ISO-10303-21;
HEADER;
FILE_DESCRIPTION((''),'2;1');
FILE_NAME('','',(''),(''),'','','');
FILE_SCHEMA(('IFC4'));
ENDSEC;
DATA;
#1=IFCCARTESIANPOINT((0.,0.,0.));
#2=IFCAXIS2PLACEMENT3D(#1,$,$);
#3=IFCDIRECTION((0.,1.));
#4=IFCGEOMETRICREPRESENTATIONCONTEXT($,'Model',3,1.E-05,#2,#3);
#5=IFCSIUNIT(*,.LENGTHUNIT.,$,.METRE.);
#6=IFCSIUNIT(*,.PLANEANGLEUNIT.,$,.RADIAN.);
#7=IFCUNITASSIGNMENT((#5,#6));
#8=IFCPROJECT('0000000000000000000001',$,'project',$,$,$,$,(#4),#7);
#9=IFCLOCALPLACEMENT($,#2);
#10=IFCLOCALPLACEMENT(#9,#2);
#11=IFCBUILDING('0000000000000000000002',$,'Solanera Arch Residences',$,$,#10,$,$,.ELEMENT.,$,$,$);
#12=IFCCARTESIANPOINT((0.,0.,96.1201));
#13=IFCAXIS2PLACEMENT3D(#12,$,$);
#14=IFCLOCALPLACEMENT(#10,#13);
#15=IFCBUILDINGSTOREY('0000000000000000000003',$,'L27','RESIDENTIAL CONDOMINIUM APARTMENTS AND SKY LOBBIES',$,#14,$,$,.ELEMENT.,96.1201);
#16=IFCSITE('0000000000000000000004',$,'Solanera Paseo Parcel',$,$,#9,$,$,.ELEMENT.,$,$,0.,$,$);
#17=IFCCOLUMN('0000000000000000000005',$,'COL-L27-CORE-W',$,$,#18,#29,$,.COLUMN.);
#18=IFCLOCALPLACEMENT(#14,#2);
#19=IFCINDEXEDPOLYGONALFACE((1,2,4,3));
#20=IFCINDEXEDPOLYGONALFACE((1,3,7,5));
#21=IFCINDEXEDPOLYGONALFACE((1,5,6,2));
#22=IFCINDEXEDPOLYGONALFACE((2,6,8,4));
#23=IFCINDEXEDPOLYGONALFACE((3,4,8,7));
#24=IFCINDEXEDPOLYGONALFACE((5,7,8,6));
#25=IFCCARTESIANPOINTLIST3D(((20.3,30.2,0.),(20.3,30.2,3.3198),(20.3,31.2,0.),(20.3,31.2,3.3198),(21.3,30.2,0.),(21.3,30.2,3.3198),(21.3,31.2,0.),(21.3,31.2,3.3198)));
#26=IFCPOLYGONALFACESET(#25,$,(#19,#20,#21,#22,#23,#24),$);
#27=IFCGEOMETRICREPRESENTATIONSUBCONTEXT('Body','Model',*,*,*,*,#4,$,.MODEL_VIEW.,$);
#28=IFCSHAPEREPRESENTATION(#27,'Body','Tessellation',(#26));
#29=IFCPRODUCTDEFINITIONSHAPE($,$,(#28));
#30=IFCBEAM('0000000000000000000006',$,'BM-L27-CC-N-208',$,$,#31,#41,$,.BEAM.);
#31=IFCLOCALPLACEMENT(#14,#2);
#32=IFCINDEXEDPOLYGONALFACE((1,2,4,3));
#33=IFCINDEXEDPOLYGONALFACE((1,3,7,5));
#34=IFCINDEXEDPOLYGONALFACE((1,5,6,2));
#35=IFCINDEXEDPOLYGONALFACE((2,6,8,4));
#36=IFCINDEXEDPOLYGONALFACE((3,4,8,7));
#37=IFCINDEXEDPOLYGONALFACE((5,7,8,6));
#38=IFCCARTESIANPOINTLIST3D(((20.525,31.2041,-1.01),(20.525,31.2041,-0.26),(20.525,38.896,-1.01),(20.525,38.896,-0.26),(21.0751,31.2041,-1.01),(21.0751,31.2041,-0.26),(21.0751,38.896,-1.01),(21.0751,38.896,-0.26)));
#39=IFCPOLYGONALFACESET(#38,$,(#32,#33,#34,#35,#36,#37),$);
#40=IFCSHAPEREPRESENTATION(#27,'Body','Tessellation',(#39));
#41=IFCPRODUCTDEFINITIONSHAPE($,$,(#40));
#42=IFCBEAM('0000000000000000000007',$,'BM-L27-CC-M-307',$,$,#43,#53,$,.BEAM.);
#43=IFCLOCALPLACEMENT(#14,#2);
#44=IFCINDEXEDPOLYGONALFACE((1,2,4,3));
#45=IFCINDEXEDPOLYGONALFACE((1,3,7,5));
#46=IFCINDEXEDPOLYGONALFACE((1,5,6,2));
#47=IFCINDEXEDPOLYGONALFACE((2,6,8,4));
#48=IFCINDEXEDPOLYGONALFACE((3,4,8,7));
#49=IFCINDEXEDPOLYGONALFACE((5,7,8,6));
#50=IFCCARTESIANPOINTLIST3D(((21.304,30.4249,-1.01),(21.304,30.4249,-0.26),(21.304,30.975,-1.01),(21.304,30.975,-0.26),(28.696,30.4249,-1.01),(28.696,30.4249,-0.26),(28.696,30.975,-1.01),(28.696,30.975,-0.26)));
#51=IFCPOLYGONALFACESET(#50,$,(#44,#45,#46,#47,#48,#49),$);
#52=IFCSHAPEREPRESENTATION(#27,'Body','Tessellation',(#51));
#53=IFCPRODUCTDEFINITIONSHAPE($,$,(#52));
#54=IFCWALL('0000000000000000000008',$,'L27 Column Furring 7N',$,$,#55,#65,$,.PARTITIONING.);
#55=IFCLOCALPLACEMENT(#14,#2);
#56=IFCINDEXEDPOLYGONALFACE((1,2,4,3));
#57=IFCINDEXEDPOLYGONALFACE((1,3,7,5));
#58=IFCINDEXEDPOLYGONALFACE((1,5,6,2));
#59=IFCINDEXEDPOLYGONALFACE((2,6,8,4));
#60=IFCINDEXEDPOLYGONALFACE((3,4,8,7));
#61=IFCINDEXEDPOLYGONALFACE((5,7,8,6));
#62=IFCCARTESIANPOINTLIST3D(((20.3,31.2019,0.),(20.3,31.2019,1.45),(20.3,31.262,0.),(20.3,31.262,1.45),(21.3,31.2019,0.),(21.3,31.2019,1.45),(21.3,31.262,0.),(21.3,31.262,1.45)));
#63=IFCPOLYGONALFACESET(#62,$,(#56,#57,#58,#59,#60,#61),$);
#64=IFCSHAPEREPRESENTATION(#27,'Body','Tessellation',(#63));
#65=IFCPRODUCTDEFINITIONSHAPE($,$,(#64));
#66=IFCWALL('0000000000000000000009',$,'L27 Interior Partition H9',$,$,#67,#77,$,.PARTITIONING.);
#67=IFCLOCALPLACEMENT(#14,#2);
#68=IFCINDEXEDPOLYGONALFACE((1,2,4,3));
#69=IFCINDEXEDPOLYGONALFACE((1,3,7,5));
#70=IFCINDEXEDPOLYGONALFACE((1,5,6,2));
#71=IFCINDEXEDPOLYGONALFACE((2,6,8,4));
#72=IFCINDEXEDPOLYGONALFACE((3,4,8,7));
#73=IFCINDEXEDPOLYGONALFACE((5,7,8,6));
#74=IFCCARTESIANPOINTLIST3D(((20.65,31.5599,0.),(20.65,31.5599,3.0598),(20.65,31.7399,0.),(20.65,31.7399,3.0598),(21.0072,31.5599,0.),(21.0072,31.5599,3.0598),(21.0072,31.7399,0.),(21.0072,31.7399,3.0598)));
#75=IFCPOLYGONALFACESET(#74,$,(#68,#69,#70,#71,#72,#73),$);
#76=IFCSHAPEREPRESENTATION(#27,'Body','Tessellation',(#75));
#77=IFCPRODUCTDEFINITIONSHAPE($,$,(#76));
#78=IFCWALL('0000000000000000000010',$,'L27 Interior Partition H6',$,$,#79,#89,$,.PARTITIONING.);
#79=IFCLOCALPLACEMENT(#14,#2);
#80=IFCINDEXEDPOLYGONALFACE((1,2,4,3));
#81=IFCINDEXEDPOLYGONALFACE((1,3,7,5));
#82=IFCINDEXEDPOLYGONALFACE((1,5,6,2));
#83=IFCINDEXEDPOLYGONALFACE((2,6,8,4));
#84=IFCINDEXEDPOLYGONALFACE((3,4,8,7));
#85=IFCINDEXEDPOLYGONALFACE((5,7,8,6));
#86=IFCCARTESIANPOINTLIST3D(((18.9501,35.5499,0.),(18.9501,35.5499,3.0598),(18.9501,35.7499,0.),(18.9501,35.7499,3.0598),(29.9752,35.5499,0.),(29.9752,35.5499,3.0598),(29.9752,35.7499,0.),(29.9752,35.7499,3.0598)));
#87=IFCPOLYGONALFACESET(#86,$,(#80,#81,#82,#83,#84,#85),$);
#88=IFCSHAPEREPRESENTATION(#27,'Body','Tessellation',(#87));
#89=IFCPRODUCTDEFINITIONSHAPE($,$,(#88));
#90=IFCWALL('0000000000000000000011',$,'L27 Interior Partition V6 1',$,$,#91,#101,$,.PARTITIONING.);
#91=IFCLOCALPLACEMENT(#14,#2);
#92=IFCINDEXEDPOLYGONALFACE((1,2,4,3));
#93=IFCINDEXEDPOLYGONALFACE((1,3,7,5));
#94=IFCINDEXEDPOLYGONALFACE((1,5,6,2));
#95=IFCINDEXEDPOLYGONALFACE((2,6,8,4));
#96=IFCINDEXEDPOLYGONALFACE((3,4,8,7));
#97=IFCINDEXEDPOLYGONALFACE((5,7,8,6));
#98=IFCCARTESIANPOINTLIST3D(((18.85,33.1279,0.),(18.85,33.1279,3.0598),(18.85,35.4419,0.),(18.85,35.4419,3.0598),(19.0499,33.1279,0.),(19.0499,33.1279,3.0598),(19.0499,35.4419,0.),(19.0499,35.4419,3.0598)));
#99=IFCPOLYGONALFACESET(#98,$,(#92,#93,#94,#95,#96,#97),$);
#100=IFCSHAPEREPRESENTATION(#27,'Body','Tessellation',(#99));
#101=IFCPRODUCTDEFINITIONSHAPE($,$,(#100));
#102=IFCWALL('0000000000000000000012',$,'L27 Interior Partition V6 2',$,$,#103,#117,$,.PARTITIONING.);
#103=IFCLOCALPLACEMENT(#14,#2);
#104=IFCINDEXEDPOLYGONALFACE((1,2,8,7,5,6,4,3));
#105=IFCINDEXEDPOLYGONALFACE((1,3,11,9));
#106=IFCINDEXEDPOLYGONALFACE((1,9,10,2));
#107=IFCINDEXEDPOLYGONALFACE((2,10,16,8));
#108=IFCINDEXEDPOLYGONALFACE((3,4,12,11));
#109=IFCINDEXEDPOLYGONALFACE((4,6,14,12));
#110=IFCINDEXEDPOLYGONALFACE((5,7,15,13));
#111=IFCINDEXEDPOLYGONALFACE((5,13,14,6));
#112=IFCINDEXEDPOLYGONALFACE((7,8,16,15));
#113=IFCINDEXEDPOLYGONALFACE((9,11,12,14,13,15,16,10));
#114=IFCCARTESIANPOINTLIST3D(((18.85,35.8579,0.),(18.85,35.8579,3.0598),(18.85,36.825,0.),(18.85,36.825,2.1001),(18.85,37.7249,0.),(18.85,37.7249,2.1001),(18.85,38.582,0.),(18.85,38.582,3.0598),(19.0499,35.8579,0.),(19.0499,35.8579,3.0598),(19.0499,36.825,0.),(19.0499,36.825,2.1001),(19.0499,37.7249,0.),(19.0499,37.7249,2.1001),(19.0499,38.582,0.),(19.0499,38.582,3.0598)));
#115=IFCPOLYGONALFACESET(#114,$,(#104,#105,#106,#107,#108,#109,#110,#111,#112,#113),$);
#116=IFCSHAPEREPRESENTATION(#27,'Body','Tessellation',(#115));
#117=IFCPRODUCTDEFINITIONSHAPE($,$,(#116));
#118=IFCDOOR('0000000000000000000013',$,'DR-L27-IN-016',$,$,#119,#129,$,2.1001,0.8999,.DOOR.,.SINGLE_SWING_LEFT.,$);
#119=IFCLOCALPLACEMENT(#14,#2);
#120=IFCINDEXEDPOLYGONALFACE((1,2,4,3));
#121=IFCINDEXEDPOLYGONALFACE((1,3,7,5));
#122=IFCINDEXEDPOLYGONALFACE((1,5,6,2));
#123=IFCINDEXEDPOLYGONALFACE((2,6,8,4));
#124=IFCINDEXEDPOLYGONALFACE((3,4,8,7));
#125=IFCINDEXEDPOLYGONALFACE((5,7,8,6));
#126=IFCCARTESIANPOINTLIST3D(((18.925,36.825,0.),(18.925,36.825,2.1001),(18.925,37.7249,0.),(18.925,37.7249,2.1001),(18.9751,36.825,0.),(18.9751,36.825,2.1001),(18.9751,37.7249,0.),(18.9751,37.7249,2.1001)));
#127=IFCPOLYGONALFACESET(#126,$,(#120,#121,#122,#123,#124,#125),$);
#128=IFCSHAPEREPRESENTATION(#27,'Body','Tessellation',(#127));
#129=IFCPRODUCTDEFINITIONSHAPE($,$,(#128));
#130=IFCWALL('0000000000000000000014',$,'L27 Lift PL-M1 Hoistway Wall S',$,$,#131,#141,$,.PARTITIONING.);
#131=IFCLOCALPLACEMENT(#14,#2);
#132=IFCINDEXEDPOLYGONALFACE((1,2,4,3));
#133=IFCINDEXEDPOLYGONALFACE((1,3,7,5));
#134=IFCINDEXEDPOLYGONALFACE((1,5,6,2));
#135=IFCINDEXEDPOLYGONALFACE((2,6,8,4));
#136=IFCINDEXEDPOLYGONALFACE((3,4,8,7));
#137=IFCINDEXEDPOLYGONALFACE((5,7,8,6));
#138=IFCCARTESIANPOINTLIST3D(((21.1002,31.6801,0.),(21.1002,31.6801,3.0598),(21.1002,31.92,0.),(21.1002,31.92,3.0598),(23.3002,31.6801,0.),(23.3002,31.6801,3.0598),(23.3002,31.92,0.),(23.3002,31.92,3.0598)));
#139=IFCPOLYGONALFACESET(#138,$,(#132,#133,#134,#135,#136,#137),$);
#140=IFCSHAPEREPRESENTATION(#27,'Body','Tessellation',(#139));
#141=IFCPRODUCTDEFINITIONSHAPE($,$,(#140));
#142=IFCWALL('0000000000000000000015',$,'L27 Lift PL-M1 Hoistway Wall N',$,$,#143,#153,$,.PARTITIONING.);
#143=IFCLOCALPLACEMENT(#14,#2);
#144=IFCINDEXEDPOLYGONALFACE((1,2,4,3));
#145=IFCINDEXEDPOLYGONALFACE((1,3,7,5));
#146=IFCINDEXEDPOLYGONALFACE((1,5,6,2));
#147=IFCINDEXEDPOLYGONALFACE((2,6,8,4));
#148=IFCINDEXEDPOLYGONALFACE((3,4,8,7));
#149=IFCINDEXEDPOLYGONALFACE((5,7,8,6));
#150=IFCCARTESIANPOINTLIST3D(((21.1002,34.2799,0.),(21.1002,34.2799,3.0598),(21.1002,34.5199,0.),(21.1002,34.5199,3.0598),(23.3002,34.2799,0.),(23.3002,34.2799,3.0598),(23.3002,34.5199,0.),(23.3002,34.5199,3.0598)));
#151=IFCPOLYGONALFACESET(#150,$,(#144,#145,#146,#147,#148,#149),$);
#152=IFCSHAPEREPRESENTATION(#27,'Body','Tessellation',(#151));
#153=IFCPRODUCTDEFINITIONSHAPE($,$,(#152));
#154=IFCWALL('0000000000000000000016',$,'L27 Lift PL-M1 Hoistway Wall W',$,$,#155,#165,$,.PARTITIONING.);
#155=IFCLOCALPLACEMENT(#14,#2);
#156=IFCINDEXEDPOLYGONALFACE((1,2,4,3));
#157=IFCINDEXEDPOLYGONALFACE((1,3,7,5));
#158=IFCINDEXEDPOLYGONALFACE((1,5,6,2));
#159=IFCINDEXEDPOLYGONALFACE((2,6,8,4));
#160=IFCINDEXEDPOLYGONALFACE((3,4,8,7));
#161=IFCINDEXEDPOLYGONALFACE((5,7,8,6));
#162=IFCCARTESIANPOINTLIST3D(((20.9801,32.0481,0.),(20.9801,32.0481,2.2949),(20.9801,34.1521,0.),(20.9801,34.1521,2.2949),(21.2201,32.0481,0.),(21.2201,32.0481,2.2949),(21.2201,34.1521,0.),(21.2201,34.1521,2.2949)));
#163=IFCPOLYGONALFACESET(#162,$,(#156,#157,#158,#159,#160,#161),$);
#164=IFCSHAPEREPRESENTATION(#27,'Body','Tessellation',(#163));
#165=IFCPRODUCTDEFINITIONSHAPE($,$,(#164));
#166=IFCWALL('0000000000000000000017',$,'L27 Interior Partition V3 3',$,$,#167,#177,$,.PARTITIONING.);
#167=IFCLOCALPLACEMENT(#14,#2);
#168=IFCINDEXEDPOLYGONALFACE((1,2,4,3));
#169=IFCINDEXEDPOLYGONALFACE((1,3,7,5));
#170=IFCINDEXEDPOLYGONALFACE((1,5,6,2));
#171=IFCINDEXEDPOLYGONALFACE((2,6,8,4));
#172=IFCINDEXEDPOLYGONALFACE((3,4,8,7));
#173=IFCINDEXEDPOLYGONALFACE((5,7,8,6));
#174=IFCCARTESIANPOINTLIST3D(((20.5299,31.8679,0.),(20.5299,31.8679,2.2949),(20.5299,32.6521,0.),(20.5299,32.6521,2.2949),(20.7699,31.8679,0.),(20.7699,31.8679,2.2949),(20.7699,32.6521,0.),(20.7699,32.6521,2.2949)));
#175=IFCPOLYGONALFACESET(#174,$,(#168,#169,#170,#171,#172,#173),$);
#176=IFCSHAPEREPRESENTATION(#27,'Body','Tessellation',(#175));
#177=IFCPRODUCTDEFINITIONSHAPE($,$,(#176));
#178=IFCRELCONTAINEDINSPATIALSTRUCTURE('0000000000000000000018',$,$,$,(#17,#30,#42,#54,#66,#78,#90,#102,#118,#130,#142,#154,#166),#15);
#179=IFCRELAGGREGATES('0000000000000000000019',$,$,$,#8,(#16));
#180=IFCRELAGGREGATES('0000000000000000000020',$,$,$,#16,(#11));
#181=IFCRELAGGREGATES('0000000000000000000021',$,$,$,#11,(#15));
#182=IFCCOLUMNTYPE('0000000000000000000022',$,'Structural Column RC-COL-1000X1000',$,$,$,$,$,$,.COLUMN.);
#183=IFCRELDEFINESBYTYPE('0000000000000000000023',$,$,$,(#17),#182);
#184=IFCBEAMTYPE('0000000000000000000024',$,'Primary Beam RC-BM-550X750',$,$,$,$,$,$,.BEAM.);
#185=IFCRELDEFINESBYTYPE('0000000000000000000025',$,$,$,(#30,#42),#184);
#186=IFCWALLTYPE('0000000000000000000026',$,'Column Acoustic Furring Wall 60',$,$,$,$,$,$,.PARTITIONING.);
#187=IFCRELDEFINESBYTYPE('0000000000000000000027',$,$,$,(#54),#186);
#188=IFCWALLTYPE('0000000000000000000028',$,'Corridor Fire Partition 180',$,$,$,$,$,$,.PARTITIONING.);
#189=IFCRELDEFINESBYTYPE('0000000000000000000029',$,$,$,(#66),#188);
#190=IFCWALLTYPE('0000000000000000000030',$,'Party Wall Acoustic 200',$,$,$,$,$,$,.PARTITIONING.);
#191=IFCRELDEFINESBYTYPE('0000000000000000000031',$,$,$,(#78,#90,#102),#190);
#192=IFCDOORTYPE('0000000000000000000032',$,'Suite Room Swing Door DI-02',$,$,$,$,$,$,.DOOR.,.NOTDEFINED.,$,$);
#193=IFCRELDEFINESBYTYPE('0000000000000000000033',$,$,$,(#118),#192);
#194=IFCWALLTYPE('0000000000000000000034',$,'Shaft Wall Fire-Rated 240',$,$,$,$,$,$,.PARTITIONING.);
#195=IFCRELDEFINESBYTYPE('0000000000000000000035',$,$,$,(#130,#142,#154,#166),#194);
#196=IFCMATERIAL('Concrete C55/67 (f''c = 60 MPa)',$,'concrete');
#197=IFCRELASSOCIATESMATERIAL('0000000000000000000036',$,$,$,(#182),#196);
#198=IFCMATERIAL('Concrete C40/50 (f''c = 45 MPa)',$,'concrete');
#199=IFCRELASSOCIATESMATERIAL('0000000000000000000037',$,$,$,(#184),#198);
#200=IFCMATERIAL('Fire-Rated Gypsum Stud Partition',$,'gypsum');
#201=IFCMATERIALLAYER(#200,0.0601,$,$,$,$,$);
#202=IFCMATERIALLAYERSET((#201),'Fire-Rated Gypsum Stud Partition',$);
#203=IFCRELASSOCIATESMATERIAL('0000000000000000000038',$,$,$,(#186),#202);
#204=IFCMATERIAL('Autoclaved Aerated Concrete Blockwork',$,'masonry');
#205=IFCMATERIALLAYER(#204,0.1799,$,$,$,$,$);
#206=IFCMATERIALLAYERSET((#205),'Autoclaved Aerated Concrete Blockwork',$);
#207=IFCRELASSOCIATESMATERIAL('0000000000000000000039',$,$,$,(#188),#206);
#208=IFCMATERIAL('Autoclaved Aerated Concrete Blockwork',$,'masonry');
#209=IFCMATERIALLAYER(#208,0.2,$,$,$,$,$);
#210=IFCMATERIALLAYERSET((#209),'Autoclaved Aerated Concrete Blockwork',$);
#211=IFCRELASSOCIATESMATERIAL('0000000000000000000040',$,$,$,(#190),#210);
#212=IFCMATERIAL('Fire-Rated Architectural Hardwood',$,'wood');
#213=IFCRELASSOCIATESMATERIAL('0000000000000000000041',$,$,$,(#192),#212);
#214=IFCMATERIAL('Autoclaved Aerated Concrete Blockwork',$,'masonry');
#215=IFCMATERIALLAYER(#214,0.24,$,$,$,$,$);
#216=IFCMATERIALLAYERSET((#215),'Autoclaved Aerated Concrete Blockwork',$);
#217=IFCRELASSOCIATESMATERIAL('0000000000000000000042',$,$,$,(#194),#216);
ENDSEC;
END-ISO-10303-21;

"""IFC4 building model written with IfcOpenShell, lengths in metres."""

from ifc_helpers import new_model, si_unit, direction, frame, frame_2d, origin, origin_2d, place, context, subcontext, project, spatial, rectangle, extrude, material, layer, layer_set, material_profile, profile_set, type_object, element, fill, save


model = new_model("IFC4")

# Units and contexts
model_context = context("Model", 3, precision=1e-05, world=origin(), true_north=direction((0.0, 1.0)))
body_context = subcontext(model_context, "Body", "Model", "MODEL_VIEW")
ifc_project = project(units=[si_unit("LENGTHUNIT", "METRE"), si_unit("PLANEANGLEUNIT", "RADIAN")], contexts=[model_context])

# Site, building, storey
site_placement = place(None, origin())
site = spatial("IfcSite", under=ifc_project, at=site_placement, Name="Solanera Paseo Parcel", CompositionType="ELEMENT", RefElevation=0.0)
building_placement = place(site_placement, origin())
building = spatial("IfcBuilding", under=site, at=building_placement, Name="Solanera Arch Residences", CompositionType="ELEMENT")
storey_placement = place(building_placement, frame((0.0, 0.0, 96.1201)))
storey = spatial("IfcBuildingStorey", under=building, at=storey_placement, Name="L27", Description="RESIDENTIAL CONDOMINIUM APARTMENTS AND SKY LOBBIES", CompositionType="ELEMENT", Elevation=96.1201)

# Column
ifc_material_1 = material(Name="Concrete C55/67 (f'c = 60 MPa)", Category="concrete")
ifc_material_profile_1 = material_profile(ifc_material_1, rectangle(XDim=1.0, YDim=1.0, at=origin_2d()))
ifc_profile_set_1 = profile_set([ifc_material_profile_1], Name="Concrete C55/67 (f'c = 60 MPa)")
column_type = type_object("IfcColumnType", Name="Structural Column RC-COL-1000X1000", PredefinedType="COLUMN", material=ifc_profile_set_1)
column_placement = place(storey_placement, frame((20.8, 30.7, 0.0), z_axis=(0.0, 0.0, 1.0), x_axis=(1.0, 0.0, 0.0)))
element("IfcColumn", 1, at=column_placement, inside=storey, type_object=column_type, Name="COL-L27-CORE-W", PredefinedType="COLUMN", context=body_context, shape_type="SweptSolid", body=[
    extrude(rectangle(XDim=1.0, YDim=1.0, at=origin_2d()), origin(), (0.0, 0.0, 1.0), 3.3198),
])

# Beams
ifc_material_2 = material(Name="Concrete C40/50 (f'c = 45 MPa)", Category="concrete")
ifc_material_profile_2 = material_profile(ifc_material_2, rectangle(XDim=0.55, YDim=0.75, at=origin_2d()))
ifc_profile_set_2 = profile_set([ifc_material_profile_2], Name="Concrete C40/50 (f'c = 45 MPa)")
beam_type = type_object("IfcBeamType", Name="Primary Beam RC-BM-550X750", PredefinedType="BEAM", material=ifc_profile_set_2)
beam_1_placement = place(storey_placement, frame((20.8, 31.2041, -0.635), z_axis=(0.0, 1.0, 0.0), x_axis=(-1.0, 0.0, 0.0)))
element("IfcBeam", 2, at=beam_1_placement, inside=storey, type_object=beam_type, Name="BM-L27-CC-N-208", PredefinedType="BEAM", context=body_context, shape_type="SweptSolid", body=[
    extrude(rectangle(XDim=0.55, YDim=0.75, at=origin_2d()), origin(), (0.0, 0.0, 1.0), 7.6919),
])
beam_2_placement = place(storey_placement, frame((21.304, 30.7, -0.635), z_axis=(1.0, 0.0, 0.0), x_axis=(0.0, 1.0, 0.0)))
element("IfcBeam", 3, at=beam_2_placement, inside=storey, type_object=beam_type, Name="BM-L27-CC-M-307", PredefinedType="BEAM", context=body_context, shape_type="SweptSolid", body=[
    extrude(rectangle(XDim=0.55, YDim=0.75, at=origin_2d()), origin(), (0.0, 0.0, 1.0), 7.3921),
])

# Wall
ifc_material_3 = material(Name="Fire-Rated Gypsum Stud Partition", Category="gypsum")
ifc_layer_1 = layer(ifc_material_3, 0.0601)
ifc_layer_set_1 = layer_set([ifc_layer_1], Name="Fire-Rated Gypsum Stud Partition")
wall_type_1 = type_object("IfcWallType", Name="Column Acoustic Furring Wall 60", PredefinedType="PARTITIONING", material=ifc_layer_set_1)
wall_1_placement = place(storey_placement, frame((20.3, 31.2319, 0.0), z_axis=(0.0, 0.0, 1.0), x_axis=(1.0, 0.0, 0.0)))
element("IfcWall", 4, at=wall_1_placement, inside=storey, type_object=wall_type_1, Name="L27 Column Furring 7N", PredefinedType="PARTITIONING", context=body_context, shape_type="SweptSolid", body=[
    extrude(rectangle(XDim=1.0, YDim=0.0601, at=frame_2d((0.5, 0.0))), origin(), (0.0, 0.0, 1.0), 1.45),
])

# Walls
ifc_material_4 = material(Name="Autoclaved Aerated Concrete Blockwork", Category="masonry")
ifc_layer_2 = layer(ifc_material_4, 0.1799)
ifc_layer_set_2 = layer_set([ifc_layer_2], Name="Autoclaved Aerated Concrete Blockwork")
wall_type_2 = type_object("IfcWallType", Name="Corridor Fire Partition 180", PredefinedType="PARTITIONING", material=ifc_layer_set_2)
wall_2_placement = place(storey_placement, frame((20.6499, 31.6499, 0.0), z_axis=(0.0, 0.0, 1.0), x_axis=(1.0, 0.0, 0.0)))
element("IfcWall", 5, at=wall_2_placement, inside=storey, type_object=wall_type_2, Name="L27 Interior Partition H9", PredefinedType="PARTITIONING", context=body_context, shape_type="SweptSolid", body=[
    extrude(rectangle(XDim=0.3572, YDim=0.1799, at=frame_2d((0.1787, 0.0))), origin(), (0.0, 0.0, 1.0), 3.0598),
])
ifc_material_5 = material(Name="Autoclaved Aerated Concrete Blockwork", Category="masonry")
ifc_layer_3 = layer(ifc_material_5, 0.2)
ifc_layer_set_3 = layer_set([ifc_layer_3], Name="Autoclaved Aerated Concrete Blockwork")
wall_type_3 = type_object("IfcWallType", Name="Party Wall Acoustic 200", PredefinedType="PARTITIONING", material=ifc_layer_set_3)
wall_3_placement = place(storey_placement, frame((18.95, 35.6499, 0.0), z_axis=(0.0, 0.0, 1.0), x_axis=(1.0, 0.0, 0.0)))
element("IfcWall", 6, at=wall_3_placement, inside=storey, type_object=wall_type_3, Name="L27 Interior Partition H6", PredefinedType="PARTITIONING", context=body_context, shape_type="SweptSolid", body=[
    extrude(rectangle(XDim=11.0251, YDim=0.2, at=frame_2d((5.5127, 0.0))), origin(), (0.0, 0.0, 1.0), 3.0598),
])
wall_4_placement = place(storey_placement, frame((18.95, 33.1279, 0.0), z_axis=(0.0, 0.0, 1.0), x_axis=(0.0, 1.0, 0.0)))
element("IfcWall", 7, at=wall_4_placement, inside=storey, type_object=wall_type_3, Name="L27 Interior Partition V6 1", PredefinedType="PARTITIONING", context=body_context, shape_type="SweptSolid", body=[
    extrude(rectangle(XDim=2.314, YDim=0.2, at=frame_2d((1.157, 0.0))), origin(), (0.0, 0.0, 1.0), 3.0598),
])

# Wall, opening, door
wall_5_placement = place(storey_placement, frame((18.95, 35.8579, 0.0), z_axis=(0.0, 0.0, 1.0), x_axis=(0.0, 1.0, 0.0)))
wall_5 = element("IfcWall", 8, at=wall_5_placement, inside=storey, type_object=wall_type_3, Name="L27 Interior Partition V6 2", PredefinedType="PARTITIONING", context=body_context, shape_type="SweptSolid", body=[
    extrude(rectangle(XDim=2.7241, YDim=0.2, at=frame_2d((1.3621, 0.0))), origin(), (0.0, 0.0, 1.0), 3.0598),
])
opening_1_placement = place(wall_5_placement, frame((0.967, 0.0, 0.0)))
opening_1 = element("IfcOpeningElement", 9, at=opening_1_placement, cuts=wall_5, PredefinedType="OPENING", context=body_context, shape_type="SweptSolid", body=[
    extrude(rectangle(XDim=0.8999, YDim=2.1001, at=frame_2d((0.45, 1.05))), frame((0.0, 0.1101, 0.0), z_axis=(0.0, -1.0, 0.0), x_axis=(1.0, 0.0, 0.0)), (0.0, 0.0, 1.0), 0.22),
])
ifc_material_6 = material(Name="Fire-Rated Architectural Hardwood", Category="wood")
door_type_1 = type_object("IfcDoorType", Name="Suite Room Swing Door DI-02", OperationType="NOTDEFINED", PredefinedType="DOOR", material=ifc_material_6)
door_1_placement = place(opening_1_placement, origin())
door_1 = element("IfcDoor", 10, at=door_1_placement, inside=storey, type_object=door_type_1, Name="DR-L27-IN-016", OperationType="SINGLE_SWING_LEFT", OverallHeight=2.1001, OverallWidth=0.8999, PredefinedType="DOOR", context=body_context, shape_type="SweptSolid", body=[
    extrude(rectangle(XDim=0.8999, YDim=2.1001, at=frame_2d((0.45, 1.05))), frame((0.0, 0.0249, 0.0), z_axis=(0.0, -1.0, 0.0), x_axis=(1.0, 0.0, 0.0)), (0.0, 0.0, 1.0), 0.05),
])
fill(opening_1, door_1)

# Walls
ifc_material_7 = material(Name="Autoclaved Aerated Concrete Blockwork", Category="masonry")
ifc_layer_4 = layer(ifc_material_7, 0.24)
ifc_layer_set_4 = layer_set([ifc_layer_4], Name="Autoclaved Aerated Concrete Blockwork")
wall_type_4 = type_object("IfcWallType", Name="Shaft Wall Fire-Rated 240", PredefinedType="PARTITIONING", material=ifc_layer_set_4)
for number, where, z_axis, x_axis, name in (
    (11, (21.1001, 31.8, 0.0), (0.0, 0.0, 1.0), (1.0, 0.0, 0.0), "L27 Lift PL-M1 Hoistway Wall S"),
    (12, (21.1001, 34.3999, 0.0), (0.0, 0.0, 1.0), (1.0, 0.0, 0.0), "L27 Lift PL-M1 Hoistway Wall N"),
):
    element("IfcWall", number, at=place(storey_placement, frame(where, z_axis=z_axis, x_axis=x_axis)), inside=storey, type_object=wall_type_4, Name=name, PredefinedType="PARTITIONING", context=body_context, shape_type="SweptSolid", body=[
        extrude(rectangle(XDim=2.2, YDim=0.24, at=frame_2d((1.1001, 0.0))), origin(), (0.0, 0.0, 1.0), 3.0598),
    ])
wall_6_placement = place(storey_placement, frame((21.1001, 32.0481, 0.0), z_axis=(0.0, 0.0, 1.0), x_axis=(0.0, 1.0, 0.0)))
element("IfcWall", 13, at=wall_6_placement, inside=storey, type_object=wall_type_4, Name="L27 Lift PL-M1 Hoistway Wall W", PredefinedType="PARTITIONING", context=body_context, shape_type="SweptSolid", body=[
    extrude(rectangle(XDim=2.104, YDim=0.24, at=frame_2d((1.052, 0.0))), origin(), (0.0, 0.0, 1.0), 2.2949),
])

# Wall
wall_7_placement = place(storey_placement, frame((20.6499, 31.8679, 0.0), z_axis=(0.0, 0.0, 1.0), x_axis=(0.0, 1.0, 0.0)))
element("IfcWall", 14, at=wall_7_placement, inside=storey, type_object=wall_type_4, Name="L27 Interior Partition V3 3", PredefinedType="PARTITIONING", context=body_context, shape_type="SweptSolid", body=[
    extrude(rectangle(XDim=0.7842, YDim=0.24, at=frame_2d((0.3921, 0.0))), origin(), (0.0, 0.0, 1.0), 2.2949),
])

save(model, "model.ifc")
